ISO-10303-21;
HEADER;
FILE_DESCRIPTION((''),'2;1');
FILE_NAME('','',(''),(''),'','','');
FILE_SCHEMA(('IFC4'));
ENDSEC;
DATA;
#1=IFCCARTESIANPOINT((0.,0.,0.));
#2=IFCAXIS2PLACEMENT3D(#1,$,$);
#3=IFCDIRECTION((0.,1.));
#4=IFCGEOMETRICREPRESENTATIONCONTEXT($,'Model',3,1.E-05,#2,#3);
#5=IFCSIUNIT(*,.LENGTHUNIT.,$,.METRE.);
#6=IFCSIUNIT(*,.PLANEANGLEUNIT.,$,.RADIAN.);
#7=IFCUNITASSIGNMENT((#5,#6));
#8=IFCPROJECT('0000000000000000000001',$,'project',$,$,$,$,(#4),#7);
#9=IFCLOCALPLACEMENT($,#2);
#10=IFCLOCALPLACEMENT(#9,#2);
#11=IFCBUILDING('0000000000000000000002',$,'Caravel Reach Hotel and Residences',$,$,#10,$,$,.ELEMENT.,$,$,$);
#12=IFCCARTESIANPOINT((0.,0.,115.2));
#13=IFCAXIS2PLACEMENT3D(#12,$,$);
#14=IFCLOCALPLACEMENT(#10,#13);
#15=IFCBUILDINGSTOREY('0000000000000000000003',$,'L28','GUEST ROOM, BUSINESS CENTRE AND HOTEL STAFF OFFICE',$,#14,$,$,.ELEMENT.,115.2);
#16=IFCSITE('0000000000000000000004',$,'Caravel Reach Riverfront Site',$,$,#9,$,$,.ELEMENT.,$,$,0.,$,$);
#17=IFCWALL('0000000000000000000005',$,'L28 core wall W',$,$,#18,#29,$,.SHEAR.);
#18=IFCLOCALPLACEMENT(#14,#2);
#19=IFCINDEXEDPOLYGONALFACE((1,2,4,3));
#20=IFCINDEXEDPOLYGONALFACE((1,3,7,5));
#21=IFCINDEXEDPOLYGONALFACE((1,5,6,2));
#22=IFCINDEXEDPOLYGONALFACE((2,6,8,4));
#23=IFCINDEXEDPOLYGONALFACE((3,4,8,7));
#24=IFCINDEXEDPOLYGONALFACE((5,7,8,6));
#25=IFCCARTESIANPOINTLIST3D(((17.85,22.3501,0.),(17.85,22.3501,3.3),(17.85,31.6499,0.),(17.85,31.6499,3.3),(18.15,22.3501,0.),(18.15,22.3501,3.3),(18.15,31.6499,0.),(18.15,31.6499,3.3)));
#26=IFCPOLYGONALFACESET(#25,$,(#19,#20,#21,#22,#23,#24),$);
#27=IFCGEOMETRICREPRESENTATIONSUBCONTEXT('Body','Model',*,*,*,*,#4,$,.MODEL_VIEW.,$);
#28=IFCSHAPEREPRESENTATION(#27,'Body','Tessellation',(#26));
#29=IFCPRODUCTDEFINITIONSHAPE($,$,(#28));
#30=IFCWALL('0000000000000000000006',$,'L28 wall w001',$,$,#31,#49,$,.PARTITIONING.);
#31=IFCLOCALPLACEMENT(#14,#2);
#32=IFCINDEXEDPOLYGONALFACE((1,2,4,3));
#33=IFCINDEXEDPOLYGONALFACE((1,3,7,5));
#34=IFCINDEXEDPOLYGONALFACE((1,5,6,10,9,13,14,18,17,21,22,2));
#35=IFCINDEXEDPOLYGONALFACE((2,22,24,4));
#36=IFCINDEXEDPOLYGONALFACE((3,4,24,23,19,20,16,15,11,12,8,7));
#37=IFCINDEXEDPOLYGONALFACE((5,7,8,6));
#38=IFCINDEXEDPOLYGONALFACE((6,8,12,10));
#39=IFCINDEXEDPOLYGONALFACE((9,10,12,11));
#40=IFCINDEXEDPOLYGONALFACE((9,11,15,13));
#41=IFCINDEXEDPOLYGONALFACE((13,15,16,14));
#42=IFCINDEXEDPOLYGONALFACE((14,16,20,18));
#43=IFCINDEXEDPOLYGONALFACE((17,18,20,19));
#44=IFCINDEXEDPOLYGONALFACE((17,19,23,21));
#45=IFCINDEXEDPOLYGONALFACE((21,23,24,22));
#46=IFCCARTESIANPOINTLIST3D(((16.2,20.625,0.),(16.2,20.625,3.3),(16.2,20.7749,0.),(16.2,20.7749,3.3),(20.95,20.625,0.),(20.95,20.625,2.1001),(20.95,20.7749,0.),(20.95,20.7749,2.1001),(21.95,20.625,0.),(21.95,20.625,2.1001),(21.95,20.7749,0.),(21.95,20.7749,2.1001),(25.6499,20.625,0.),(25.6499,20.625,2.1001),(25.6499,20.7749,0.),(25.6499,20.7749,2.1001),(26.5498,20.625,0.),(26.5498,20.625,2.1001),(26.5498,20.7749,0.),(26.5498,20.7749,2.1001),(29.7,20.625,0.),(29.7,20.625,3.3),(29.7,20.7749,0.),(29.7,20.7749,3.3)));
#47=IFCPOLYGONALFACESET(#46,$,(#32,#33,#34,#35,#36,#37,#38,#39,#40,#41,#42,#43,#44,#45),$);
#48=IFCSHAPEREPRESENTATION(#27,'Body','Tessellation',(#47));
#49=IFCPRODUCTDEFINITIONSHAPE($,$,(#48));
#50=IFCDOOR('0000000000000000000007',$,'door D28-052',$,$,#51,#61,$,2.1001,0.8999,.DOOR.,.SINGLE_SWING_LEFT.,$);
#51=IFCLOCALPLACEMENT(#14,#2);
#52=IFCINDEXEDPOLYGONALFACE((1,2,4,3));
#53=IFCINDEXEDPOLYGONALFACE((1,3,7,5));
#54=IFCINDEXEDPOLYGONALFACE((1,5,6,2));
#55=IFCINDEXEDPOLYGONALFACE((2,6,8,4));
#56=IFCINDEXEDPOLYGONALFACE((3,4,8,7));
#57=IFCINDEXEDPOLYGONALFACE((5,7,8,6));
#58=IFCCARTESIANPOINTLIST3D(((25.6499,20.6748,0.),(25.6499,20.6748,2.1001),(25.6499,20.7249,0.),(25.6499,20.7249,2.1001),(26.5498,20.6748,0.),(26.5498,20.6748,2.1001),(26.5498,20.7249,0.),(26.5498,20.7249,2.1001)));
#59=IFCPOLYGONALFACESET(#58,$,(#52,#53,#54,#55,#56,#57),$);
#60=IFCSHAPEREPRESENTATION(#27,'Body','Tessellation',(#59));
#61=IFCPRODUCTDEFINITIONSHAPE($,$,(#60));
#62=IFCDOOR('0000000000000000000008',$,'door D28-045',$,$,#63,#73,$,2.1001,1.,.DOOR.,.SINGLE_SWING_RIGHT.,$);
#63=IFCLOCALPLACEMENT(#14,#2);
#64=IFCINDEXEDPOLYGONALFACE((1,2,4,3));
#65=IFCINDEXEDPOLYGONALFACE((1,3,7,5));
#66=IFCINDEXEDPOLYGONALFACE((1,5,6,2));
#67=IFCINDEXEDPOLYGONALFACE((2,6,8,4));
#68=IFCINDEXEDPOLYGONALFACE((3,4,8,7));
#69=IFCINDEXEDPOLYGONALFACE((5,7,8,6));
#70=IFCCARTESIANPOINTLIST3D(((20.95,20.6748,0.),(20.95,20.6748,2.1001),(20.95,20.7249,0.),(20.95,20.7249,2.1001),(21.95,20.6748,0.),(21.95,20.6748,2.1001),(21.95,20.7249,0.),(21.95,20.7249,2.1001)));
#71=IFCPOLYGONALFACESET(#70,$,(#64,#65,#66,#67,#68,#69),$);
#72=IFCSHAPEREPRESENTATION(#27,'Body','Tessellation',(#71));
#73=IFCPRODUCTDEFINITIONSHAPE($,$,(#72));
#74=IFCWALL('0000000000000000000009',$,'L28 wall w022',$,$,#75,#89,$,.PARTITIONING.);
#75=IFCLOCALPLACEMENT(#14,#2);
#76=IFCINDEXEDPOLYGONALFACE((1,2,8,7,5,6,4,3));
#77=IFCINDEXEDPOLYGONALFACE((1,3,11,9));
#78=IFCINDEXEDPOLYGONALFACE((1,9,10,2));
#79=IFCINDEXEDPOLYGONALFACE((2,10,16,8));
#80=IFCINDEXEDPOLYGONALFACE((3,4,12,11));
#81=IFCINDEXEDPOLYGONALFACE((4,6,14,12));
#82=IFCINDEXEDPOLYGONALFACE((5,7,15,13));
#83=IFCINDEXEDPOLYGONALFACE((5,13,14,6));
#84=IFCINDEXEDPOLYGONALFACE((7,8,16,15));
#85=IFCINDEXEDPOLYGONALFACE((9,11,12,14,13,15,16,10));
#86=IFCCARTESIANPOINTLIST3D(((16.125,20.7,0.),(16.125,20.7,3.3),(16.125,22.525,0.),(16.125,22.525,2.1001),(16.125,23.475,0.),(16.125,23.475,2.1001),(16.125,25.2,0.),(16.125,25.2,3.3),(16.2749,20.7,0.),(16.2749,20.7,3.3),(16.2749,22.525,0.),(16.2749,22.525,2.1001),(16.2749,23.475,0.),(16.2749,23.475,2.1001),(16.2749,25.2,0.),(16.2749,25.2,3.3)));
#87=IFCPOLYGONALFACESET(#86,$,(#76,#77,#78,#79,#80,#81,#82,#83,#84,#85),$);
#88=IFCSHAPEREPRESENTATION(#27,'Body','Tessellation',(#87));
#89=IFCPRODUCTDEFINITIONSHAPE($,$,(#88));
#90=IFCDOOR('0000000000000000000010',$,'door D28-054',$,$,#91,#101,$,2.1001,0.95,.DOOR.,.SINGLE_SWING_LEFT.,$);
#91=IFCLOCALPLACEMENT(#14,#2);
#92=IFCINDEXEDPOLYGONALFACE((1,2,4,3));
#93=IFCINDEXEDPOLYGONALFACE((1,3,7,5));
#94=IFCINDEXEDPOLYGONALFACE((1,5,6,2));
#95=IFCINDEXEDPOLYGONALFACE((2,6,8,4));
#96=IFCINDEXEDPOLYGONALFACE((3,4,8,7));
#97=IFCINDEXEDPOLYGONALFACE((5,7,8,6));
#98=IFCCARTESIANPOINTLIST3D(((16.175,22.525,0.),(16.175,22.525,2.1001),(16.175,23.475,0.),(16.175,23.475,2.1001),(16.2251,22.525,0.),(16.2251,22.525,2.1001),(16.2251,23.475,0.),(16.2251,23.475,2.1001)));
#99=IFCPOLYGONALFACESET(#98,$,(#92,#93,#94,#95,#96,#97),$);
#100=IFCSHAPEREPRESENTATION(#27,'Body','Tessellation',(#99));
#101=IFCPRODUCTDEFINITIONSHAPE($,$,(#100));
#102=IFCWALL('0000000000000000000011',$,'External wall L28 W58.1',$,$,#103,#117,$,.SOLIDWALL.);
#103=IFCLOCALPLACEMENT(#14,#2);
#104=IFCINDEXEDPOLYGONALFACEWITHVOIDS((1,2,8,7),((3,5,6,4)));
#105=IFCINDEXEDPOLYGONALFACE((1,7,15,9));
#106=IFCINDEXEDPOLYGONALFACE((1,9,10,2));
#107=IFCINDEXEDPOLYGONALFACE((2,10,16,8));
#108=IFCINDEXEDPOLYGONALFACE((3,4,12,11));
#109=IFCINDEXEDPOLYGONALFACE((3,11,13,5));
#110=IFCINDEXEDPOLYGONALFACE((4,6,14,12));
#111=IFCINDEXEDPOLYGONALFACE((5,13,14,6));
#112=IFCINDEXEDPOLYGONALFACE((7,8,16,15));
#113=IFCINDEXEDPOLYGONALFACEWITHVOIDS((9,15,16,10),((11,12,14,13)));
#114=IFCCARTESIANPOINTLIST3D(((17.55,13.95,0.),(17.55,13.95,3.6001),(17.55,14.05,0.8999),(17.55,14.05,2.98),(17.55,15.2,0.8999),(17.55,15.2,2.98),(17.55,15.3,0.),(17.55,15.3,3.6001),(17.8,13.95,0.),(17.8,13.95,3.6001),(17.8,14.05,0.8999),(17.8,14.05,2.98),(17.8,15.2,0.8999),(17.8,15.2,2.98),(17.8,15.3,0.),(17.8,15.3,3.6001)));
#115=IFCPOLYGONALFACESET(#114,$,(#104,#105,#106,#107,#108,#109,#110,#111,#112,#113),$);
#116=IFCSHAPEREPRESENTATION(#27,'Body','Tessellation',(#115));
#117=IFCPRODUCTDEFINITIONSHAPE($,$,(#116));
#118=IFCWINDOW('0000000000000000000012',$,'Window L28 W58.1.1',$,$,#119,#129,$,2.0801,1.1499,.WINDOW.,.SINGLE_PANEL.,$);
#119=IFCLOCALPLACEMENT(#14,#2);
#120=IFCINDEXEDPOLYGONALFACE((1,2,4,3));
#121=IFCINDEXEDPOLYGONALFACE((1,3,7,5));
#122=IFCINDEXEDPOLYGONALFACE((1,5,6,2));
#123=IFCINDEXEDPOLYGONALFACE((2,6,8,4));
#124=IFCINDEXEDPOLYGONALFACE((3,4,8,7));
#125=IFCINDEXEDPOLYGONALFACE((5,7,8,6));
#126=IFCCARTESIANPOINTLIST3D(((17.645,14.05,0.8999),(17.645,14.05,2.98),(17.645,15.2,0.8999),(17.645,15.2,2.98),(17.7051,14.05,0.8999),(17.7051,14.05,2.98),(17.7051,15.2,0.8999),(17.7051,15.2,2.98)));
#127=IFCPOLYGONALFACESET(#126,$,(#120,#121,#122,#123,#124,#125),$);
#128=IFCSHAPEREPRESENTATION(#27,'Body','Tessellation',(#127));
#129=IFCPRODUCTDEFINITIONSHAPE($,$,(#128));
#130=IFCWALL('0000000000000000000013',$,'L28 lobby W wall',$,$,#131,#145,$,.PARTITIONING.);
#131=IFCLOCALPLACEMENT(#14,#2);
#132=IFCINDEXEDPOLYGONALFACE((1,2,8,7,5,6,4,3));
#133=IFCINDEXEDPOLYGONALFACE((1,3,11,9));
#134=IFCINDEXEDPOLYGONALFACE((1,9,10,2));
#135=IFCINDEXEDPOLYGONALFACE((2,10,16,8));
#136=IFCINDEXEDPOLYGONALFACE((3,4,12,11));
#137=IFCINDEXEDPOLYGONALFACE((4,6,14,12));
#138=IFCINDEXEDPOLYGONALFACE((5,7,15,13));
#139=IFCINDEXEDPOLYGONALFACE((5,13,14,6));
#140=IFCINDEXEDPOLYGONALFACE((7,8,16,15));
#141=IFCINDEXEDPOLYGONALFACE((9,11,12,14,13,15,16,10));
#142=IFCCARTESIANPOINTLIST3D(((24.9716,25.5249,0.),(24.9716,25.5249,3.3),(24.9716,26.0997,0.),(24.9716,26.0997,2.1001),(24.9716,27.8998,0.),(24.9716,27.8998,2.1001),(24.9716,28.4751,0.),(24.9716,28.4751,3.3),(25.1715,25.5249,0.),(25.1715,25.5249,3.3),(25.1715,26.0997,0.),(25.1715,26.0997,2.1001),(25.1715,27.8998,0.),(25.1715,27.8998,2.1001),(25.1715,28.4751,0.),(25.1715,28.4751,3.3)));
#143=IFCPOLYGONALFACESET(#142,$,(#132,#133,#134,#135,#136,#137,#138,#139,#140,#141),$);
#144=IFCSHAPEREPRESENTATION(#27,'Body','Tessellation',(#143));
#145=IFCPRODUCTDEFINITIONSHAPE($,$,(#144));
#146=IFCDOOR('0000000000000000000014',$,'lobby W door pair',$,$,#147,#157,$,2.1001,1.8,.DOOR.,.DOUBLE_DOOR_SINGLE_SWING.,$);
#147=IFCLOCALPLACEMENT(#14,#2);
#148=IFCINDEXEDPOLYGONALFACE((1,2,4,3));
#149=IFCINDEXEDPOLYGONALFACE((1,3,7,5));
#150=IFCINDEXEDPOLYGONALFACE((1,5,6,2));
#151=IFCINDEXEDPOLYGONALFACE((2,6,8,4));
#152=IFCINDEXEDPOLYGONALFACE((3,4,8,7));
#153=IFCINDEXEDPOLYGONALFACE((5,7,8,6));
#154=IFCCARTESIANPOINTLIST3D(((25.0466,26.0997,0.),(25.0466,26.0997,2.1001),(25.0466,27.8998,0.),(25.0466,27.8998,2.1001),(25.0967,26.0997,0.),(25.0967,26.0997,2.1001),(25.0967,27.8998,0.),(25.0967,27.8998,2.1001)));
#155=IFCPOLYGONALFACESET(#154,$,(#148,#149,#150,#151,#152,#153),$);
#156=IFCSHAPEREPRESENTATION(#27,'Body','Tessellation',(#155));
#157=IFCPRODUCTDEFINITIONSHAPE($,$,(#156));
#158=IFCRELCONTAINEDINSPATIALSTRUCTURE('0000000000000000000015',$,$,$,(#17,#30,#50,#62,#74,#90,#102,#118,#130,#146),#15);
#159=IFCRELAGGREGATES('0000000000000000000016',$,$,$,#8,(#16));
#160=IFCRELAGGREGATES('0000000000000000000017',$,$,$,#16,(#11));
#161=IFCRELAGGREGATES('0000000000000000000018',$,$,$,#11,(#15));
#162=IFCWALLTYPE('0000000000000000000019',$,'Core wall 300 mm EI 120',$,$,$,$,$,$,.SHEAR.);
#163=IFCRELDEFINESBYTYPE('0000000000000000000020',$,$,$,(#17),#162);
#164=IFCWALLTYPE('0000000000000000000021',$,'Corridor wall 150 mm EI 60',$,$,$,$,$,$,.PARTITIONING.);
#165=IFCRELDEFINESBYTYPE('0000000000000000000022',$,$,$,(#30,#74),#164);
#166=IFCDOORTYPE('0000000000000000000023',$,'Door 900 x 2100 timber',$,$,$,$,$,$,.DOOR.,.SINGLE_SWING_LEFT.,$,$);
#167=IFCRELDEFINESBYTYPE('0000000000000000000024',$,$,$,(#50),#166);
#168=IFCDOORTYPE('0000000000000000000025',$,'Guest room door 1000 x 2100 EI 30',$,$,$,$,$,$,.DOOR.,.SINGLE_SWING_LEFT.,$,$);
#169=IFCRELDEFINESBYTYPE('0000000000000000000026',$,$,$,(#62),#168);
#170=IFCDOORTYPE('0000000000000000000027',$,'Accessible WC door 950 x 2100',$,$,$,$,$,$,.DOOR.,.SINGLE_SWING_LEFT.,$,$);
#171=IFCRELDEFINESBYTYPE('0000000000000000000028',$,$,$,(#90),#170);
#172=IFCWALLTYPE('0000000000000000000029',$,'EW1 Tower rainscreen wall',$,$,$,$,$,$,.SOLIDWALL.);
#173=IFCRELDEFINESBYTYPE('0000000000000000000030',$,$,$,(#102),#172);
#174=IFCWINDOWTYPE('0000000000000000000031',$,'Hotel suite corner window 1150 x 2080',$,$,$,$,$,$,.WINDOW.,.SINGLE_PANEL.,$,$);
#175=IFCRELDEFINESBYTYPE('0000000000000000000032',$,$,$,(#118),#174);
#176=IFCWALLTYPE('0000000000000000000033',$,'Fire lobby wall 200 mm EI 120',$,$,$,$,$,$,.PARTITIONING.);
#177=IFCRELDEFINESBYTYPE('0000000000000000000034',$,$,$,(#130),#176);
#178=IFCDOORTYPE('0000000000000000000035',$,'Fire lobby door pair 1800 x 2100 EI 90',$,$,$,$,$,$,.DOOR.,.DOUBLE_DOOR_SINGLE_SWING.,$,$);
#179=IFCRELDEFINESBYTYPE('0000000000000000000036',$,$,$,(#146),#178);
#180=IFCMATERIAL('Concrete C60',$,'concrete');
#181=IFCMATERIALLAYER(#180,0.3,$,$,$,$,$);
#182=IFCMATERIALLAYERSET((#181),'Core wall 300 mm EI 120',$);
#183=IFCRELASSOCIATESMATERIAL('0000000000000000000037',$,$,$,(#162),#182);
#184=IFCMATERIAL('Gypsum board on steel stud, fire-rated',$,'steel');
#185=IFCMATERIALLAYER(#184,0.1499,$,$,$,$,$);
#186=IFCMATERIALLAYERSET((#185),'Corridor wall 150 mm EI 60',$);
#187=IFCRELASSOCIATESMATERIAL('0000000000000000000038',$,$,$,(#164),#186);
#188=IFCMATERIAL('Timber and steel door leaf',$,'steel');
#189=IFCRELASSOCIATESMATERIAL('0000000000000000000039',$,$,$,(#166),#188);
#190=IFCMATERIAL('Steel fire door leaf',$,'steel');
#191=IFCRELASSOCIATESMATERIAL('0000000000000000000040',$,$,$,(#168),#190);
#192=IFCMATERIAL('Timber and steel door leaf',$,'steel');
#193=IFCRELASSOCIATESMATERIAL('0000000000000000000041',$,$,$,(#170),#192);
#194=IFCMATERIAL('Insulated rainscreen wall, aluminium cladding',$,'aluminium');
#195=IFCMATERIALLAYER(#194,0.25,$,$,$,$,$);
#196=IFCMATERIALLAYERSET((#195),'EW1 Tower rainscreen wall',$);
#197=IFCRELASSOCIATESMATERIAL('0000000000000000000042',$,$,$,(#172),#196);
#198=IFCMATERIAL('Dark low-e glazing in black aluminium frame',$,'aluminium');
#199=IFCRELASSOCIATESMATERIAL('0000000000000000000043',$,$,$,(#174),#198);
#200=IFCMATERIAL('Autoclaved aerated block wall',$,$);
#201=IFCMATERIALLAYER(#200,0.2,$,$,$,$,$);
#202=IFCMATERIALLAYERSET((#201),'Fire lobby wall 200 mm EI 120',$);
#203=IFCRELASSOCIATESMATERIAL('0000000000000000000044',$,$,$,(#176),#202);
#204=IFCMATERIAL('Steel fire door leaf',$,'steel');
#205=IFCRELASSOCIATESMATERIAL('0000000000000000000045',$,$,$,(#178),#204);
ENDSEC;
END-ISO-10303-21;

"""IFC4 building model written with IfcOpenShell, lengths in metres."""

from ifc_helpers import new_model, si_unit, direction, frame, frame_2d, origin, place, context, subcontext, project, spatial, rectangle, extrude, material, layer, layer_set, type_object, element, fill, save


model = new_model("IFC4")

# Units and contexts
model_context = context("Model", 3, precision=1e-05, world=origin(), true_north=direction((0.0, 1.0)))
body_context = subcontext(model_context, "Body", "Model", "MODEL_VIEW")
ifc_project = project(units=[si_unit("LENGTHUNIT", "METRE"), si_unit("PLANEANGLEUNIT", "RADIAN")], contexts=[model_context])

# Site, building, storey
site_placement = place(None, origin())
site = spatial("IfcSite", under=ifc_project, at=site_placement, Name="Caravel Reach Riverfront Site", CompositionType="ELEMENT", RefElevation=0.0)
building_placement = place(site_placement, origin())
building = spatial("IfcBuilding", under=site, at=building_placement, Name="Caravel Reach Hotel and Residences", CompositionType="ELEMENT")
storey_placement = place(building_placement, frame((0.0, 0.0, 115.2)))
storey = spatial("IfcBuildingStorey", under=building, at=storey_placement, Name="L28", Description="GUEST ROOM, BUSINESS CENTRE AND HOTEL STAFF OFFICE", CompositionType="ELEMENT", Elevation=115.2)

# Wall
ifc_material_1 = material(Name="Concrete C60", Category="concrete")
ifc_layer_1 = layer(ifc_material_1, 0.3)
ifc_layer_set_1 = layer_set([ifc_layer_1], Name="Core wall 300 mm EI 120")
wall_type_1 = type_object("IfcWallType", Name="Core wall 300 mm EI 120", PredefinedType="SHEAR", material=ifc_layer_set_1)
wall_1_placement = place(storey_placement, frame((18.0, 22.3501, 0.0), z_axis=(0.0, 0.0, 1.0), x_axis=(0.0, 1.0, 0.0)))
element("IfcWall", 1, at=wall_1_placement, inside=storey, type_object=wall_type_1, Name="L28 core wall W", PredefinedType="SHEAR", context=body_context, shape_type="SweptSolid", body=[
    extrude(rectangle(XDim=9.2998, YDim=0.3, at=frame_2d((4.6499, 0.0))), origin(), (0.0, 0.0, 1.0), 3.3),
])

# Wall, openings, doors
ifc_material_2 = material(Name="Gypsum board on steel stud, fire-rated", Category="steel")
ifc_layer_2 = layer(ifc_material_2, 0.1499)
ifc_layer_set_2 = layer_set([ifc_layer_2], Name="Corridor wall 150 mm EI 60")
wall_type_2 = type_object("IfcWallType", Name="Corridor wall 150 mm EI 60", PredefinedType="PARTITIONING", material=ifc_layer_set_2)
wall_2_placement = place(storey_placement, frame((16.2, 20.7, 0.0), z_axis=(0.0, 0.0, 1.0), x_axis=(1.0, 0.0, 0.0)))
wall_2 = element("IfcWall", 2, at=wall_2_placement, inside=storey, type_object=wall_type_2, Name="L28 wall w001", PredefinedType="PARTITIONING", context=body_context, shape_type="SweptSolid", body=[
    extrude(rectangle(XDim=13.5, YDim=0.1499, at=frame_2d((6.75, 0.0))), origin(), (0.0, 0.0, 1.0), 3.3),
])
opening_1_placement = place(wall_2_placement, frame((4.75, 0.0, 0.0)))
opening_1 = element("IfcOpeningElement", 3, at=opening_1_placement, cuts=wall_2, PredefinedType="OPENING", context=body_context, shape_type="SweptSolid", body=[
    extrude(rectangle(XDim=1.0, YDim=2.1001, at=frame_2d((0.5, 1.05))), frame((0.0, 0.085, 0.0), z_axis=(0.0, -1.0, 0.0), x_axis=(1.0, 0.0, 0.0)), (0.0, 0.0, 1.0), 0.1699),
])
opening_2_placement = place(wall_2_placement, frame((9.45, 0.0, 0.0)))
opening_2 = element("IfcOpeningElement", 4, at=opening_2_placement, cuts=wall_2, PredefinedType="OPENING", context=body_context, shape_type="SweptSolid", body=[
    extrude(rectangle(XDim=0.8999, YDim=2.1001, at=frame_2d((0.45, 1.05))), frame((0.0, 0.085, 0.0), z_axis=(0.0, -1.0, 0.0), x_axis=(1.0, 0.0, 0.0)), (0.0, 0.0, 1.0), 0.1699),
])
ifc_material_3 = material(Name="Timber and steel door leaf", Category="steel")
door_type_1 = type_object("IfcDoorType", Name="Door 900 x 2100 timber", OperationType="SINGLE_SWING_LEFT", PredefinedType="DOOR", material=ifc_material_3)
door_1_placement = place(opening_2_placement, origin())
door_1 = element("IfcDoor", 5, at=door_1_placement, inside=storey, type_object=door_type_1, Name="door D28-052", OperationType="SINGLE_SWING_LEFT", OverallHeight=2.1001, OverallWidth=0.8999, PredefinedType="DOOR", context=body_context, shape_type="SweptSolid", body=[
    extrude(rectangle(XDim=0.8999, YDim=2.1001, at=frame_2d((0.45, 1.05))), frame((0.0, 0.0249, 0.0), z_axis=(0.0, -1.0, 0.0), x_axis=(1.0, 0.0, 0.0)), (0.0, 0.0, 1.0), 0.05),
])
fill(opening_2, door_1)
ifc_material_4 = material(Name="Steel fire door leaf", Category="steel")
door_type_2 = type_object("IfcDoorType", Name="Guest room door 1000 x 2100 EI 30", OperationType="SINGLE_SWING_LEFT", PredefinedType="DOOR", material=ifc_material_4)
door_2_placement = place(opening_1_placement, origin())
door_2 = element("IfcDoor", 6, at=door_2_placement, inside=storey, type_object=door_type_2, Name="door D28-045", OperationType="SINGLE_SWING_RIGHT", OverallHeight=2.1001, OverallWidth=1.0, PredefinedType="DOOR", context=body_context, shape_type="SweptSolid", body=[
    extrude(rectangle(XDim=1.0, YDim=2.1001, at=frame_2d((0.5, 1.05))), frame((0.0, 0.0249, 0.0), z_axis=(0.0, -1.0, 0.0), x_axis=(1.0, 0.0, 0.0)), (0.0, 0.0, 1.0), 0.05),
])
fill(opening_1, door_2)

# Wall, opening, door
wall_3_placement = place(storey_placement, frame((16.2, 20.7, 0.0), z_axis=(0.0, 0.0, 1.0), x_axis=(0.0, 1.0, 0.0)))
wall_3 = element("IfcWall", 7, at=wall_3_placement, inside=storey, type_object=wall_type_2, Name="L28 wall w022", PredefinedType="PARTITIONING", context=body_context, shape_type="SweptSolid", body=[
    extrude(rectangle(XDim=4.5, YDim=0.1499, at=frame_2d((2.25, 0.0))), origin(), (0.0, 0.0, 1.0), 3.3),
])
opening_3_placement = place(wall_3_placement, frame((1.825, 0.0, 0.0)))
opening_3 = element("IfcOpeningElement", 8, at=opening_3_placement, cuts=wall_3, PredefinedType="OPENING", context=body_context, shape_type="SweptSolid", body=[
    extrude(rectangle(XDim=0.95, YDim=2.1001, at=frame_2d((0.4751, 1.05))), frame((0.0, 0.085, 0.0), z_axis=(0.0, -1.0, 0.0), x_axis=(1.0, 0.0, 0.0)), (0.0, 0.0, 1.0), 0.1699),
])
ifc_material_5 = material(Name="Timber and steel door leaf", Category="steel")
door_type_3 = type_object("IfcDoorType", Name="Accessible WC door 950 x 2100", OperationType="SINGLE_SWING_LEFT", PredefinedType="DOOR", material=ifc_material_5)
door_3_placement = place(opening_3_placement, origin())
door_3 = element("IfcDoor", 9, at=door_3_placement, inside=storey, type_object=door_type_3, Name="door D28-054", OperationType="SINGLE_SWING_LEFT", OverallHeight=2.1001, OverallWidth=0.95, PredefinedType="DOOR", context=body_context, shape_type="SweptSolid", body=[
    extrude(rectangle(XDim=0.95, YDim=2.1001, at=frame_2d((0.4751, 1.05))), frame((0.0, 0.0249, 0.0), z_axis=(0.0, -1.0, 0.0), x_axis=(1.0, 0.0, 0.0)), (0.0, 0.0, 1.0), 0.05),
])
fill(opening_3, door_3)

# Wall, opening, window
ifc_material_6 = material(Name="Insulated rainscreen wall, aluminium cladding", Category="aluminium")
ifc_layer_3 = layer(ifc_material_6, 0.25)
ifc_layer_set_3 = layer_set([ifc_layer_3], Name="EW1 Tower rainscreen wall")
wall_type_3 = type_object("IfcWallType", Name="EW1 Tower rainscreen wall", PredefinedType="SOLIDWALL", material=ifc_layer_set_3)
wall_4_placement = place(storey_placement, frame((17.675, 15.3, 0.0), z_axis=(0.0, 0.0, 1.0), x_axis=(0.0, -1.0, 0.0)))
wall_4 = element("IfcWall", 10, at=wall_4_placement, inside=storey, type_object=wall_type_3, Name="External wall L28 W58.1", PredefinedType="SOLIDWALL", context=body_context, shape_type="SweptSolid", body=[
    extrude(rectangle(XDim=1.3501, YDim=0.25, at=frame_2d((0.675, 0.0))), origin(), (0.0, 0.0, 1.0), 3.6001),
])
opening_4_placement = place(wall_4_placement, frame((0.1001, 0.0, 0.8999)))
opening_4 = element("IfcOpeningElement", 11, at=opening_4_placement, cuts=wall_4, PredefinedType="OPENING", context=body_context, shape_type="SweptSolid", body=[
    extrude(rectangle(XDim=1.1499, YDim=2.0801, at=frame_2d((0.575, 1.04))), frame((0.0, 0.135, 0.0), z_axis=(0.0, -1.0, 0.0), x_axis=(1.0, 0.0, 0.0)), (0.0, 0.0, 1.0), 0.27),
])
ifc_material_7 = material(Name="Dark low-e glazing in black aluminium frame", Category="aluminium")
window_type = type_object("IfcWindowType", Name="Hotel suite corner window 1150 x 2080", PartitioningType="SINGLE_PANEL", PredefinedType="WINDOW", material=ifc_material_7)
window_placement = place(opening_4_placement, origin())
window = element("IfcWindow", 12, at=window_placement, inside=storey, type_object=window_type, Name="Window L28 W58.1.1", OverallHeight=2.0801, OverallWidth=1.1499, PartitioningType="SINGLE_PANEL", PredefinedType="WINDOW", context=body_context, shape_type="SweptSolid", body=[
    extrude(rectangle(XDim=1.1499, YDim=2.0801, at=frame_2d((0.575, 1.04))), frame((0.0, 0.03, 0.0), z_axis=(0.0, -1.0, 0.0), x_axis=(1.0, 0.0, 0.0)), (0.0, 0.0, 1.0), 0.0601),
])
fill(opening_4, window)

# Wall, opening, door
ifc_material_8 = material(Name="Autoclaved aerated block wall")
ifc_layer_4 = layer(ifc_material_8, 0.2)
ifc_layer_set_4 = layer_set([ifc_layer_4], Name="Fire lobby wall 200 mm EI 120")
wall_type_4 = type_object("IfcWallType", Name="Fire lobby wall 200 mm EI 120", PredefinedType="PARTITIONING", material=ifc_layer_set_4)
wall_5_placement = place(storey_placement, frame((25.0715, 25.5249, 0.0), z_axis=(0.0, 0.0, 1.0), x_axis=(0.0, 1.0, 0.0)))
wall_5 = element("IfcWall", 13, at=wall_5_placement, inside=storey, type_object=wall_type_4, Name="L28 lobby W wall", PredefinedType="PARTITIONING", context=body_context, shape_type="SweptSolid", body=[
    extrude(rectangle(XDim=2.9502, YDim=0.2, at=frame_2d((1.4751, 0.0))), origin(), (0.0, 0.0, 1.0), 3.3),
])
opening_5_placement = place(wall_5_placement, frame((0.575, 0.0, 0.0)))
opening_5 = element("IfcOpeningElement", 14, at=opening_5_placement, cuts=wall_5, PredefinedType="OPENING", context=body_context, shape_type="SweptSolid", body=[
    extrude(rectangle(XDim=1.8, YDim=2.1001, at=frame_2d((0.8999, 1.05))), frame((0.0, 0.1099, 0.0), z_axis=(0.0, -1.0, 0.0), x_axis=(1.0, 0.0, 0.0)), (0.0, 0.0, 1.0), 0.22),
])
ifc_material_9 = material(Name="Steel fire door leaf", Category="steel")
door_type_4 = type_object("IfcDoorType", Name="Fire lobby door pair 1800 x 2100 EI 90", OperationType="DOUBLE_DOOR_SINGLE_SWING", PredefinedType="DOOR", material=ifc_material_9)
door_4_placement = place(opening_5_placement, origin())
door_4 = element("IfcDoor", 15, at=door_4_placement, inside=storey, type_object=door_type_4, Name="lobby W door pair", OperationType="DOUBLE_DOOR_SINGLE_SWING", OverallHeight=2.1001, OverallWidth=1.8, PredefinedType="DOOR", context=body_context, shape_type="SweptSolid", body=[
    extrude(rectangle(XDim=1.8, YDim=2.1001, at=frame_2d((0.8999, 1.05))), frame((0.0, 0.0249, 0.0), z_axis=(0.0, -1.0, 0.0), x_axis=(1.0, 0.0, 0.0)), (0.0, 0.0, 1.0), 0.05),
])
fill(opening_5, door_4)

save(model, "model.ifc")
